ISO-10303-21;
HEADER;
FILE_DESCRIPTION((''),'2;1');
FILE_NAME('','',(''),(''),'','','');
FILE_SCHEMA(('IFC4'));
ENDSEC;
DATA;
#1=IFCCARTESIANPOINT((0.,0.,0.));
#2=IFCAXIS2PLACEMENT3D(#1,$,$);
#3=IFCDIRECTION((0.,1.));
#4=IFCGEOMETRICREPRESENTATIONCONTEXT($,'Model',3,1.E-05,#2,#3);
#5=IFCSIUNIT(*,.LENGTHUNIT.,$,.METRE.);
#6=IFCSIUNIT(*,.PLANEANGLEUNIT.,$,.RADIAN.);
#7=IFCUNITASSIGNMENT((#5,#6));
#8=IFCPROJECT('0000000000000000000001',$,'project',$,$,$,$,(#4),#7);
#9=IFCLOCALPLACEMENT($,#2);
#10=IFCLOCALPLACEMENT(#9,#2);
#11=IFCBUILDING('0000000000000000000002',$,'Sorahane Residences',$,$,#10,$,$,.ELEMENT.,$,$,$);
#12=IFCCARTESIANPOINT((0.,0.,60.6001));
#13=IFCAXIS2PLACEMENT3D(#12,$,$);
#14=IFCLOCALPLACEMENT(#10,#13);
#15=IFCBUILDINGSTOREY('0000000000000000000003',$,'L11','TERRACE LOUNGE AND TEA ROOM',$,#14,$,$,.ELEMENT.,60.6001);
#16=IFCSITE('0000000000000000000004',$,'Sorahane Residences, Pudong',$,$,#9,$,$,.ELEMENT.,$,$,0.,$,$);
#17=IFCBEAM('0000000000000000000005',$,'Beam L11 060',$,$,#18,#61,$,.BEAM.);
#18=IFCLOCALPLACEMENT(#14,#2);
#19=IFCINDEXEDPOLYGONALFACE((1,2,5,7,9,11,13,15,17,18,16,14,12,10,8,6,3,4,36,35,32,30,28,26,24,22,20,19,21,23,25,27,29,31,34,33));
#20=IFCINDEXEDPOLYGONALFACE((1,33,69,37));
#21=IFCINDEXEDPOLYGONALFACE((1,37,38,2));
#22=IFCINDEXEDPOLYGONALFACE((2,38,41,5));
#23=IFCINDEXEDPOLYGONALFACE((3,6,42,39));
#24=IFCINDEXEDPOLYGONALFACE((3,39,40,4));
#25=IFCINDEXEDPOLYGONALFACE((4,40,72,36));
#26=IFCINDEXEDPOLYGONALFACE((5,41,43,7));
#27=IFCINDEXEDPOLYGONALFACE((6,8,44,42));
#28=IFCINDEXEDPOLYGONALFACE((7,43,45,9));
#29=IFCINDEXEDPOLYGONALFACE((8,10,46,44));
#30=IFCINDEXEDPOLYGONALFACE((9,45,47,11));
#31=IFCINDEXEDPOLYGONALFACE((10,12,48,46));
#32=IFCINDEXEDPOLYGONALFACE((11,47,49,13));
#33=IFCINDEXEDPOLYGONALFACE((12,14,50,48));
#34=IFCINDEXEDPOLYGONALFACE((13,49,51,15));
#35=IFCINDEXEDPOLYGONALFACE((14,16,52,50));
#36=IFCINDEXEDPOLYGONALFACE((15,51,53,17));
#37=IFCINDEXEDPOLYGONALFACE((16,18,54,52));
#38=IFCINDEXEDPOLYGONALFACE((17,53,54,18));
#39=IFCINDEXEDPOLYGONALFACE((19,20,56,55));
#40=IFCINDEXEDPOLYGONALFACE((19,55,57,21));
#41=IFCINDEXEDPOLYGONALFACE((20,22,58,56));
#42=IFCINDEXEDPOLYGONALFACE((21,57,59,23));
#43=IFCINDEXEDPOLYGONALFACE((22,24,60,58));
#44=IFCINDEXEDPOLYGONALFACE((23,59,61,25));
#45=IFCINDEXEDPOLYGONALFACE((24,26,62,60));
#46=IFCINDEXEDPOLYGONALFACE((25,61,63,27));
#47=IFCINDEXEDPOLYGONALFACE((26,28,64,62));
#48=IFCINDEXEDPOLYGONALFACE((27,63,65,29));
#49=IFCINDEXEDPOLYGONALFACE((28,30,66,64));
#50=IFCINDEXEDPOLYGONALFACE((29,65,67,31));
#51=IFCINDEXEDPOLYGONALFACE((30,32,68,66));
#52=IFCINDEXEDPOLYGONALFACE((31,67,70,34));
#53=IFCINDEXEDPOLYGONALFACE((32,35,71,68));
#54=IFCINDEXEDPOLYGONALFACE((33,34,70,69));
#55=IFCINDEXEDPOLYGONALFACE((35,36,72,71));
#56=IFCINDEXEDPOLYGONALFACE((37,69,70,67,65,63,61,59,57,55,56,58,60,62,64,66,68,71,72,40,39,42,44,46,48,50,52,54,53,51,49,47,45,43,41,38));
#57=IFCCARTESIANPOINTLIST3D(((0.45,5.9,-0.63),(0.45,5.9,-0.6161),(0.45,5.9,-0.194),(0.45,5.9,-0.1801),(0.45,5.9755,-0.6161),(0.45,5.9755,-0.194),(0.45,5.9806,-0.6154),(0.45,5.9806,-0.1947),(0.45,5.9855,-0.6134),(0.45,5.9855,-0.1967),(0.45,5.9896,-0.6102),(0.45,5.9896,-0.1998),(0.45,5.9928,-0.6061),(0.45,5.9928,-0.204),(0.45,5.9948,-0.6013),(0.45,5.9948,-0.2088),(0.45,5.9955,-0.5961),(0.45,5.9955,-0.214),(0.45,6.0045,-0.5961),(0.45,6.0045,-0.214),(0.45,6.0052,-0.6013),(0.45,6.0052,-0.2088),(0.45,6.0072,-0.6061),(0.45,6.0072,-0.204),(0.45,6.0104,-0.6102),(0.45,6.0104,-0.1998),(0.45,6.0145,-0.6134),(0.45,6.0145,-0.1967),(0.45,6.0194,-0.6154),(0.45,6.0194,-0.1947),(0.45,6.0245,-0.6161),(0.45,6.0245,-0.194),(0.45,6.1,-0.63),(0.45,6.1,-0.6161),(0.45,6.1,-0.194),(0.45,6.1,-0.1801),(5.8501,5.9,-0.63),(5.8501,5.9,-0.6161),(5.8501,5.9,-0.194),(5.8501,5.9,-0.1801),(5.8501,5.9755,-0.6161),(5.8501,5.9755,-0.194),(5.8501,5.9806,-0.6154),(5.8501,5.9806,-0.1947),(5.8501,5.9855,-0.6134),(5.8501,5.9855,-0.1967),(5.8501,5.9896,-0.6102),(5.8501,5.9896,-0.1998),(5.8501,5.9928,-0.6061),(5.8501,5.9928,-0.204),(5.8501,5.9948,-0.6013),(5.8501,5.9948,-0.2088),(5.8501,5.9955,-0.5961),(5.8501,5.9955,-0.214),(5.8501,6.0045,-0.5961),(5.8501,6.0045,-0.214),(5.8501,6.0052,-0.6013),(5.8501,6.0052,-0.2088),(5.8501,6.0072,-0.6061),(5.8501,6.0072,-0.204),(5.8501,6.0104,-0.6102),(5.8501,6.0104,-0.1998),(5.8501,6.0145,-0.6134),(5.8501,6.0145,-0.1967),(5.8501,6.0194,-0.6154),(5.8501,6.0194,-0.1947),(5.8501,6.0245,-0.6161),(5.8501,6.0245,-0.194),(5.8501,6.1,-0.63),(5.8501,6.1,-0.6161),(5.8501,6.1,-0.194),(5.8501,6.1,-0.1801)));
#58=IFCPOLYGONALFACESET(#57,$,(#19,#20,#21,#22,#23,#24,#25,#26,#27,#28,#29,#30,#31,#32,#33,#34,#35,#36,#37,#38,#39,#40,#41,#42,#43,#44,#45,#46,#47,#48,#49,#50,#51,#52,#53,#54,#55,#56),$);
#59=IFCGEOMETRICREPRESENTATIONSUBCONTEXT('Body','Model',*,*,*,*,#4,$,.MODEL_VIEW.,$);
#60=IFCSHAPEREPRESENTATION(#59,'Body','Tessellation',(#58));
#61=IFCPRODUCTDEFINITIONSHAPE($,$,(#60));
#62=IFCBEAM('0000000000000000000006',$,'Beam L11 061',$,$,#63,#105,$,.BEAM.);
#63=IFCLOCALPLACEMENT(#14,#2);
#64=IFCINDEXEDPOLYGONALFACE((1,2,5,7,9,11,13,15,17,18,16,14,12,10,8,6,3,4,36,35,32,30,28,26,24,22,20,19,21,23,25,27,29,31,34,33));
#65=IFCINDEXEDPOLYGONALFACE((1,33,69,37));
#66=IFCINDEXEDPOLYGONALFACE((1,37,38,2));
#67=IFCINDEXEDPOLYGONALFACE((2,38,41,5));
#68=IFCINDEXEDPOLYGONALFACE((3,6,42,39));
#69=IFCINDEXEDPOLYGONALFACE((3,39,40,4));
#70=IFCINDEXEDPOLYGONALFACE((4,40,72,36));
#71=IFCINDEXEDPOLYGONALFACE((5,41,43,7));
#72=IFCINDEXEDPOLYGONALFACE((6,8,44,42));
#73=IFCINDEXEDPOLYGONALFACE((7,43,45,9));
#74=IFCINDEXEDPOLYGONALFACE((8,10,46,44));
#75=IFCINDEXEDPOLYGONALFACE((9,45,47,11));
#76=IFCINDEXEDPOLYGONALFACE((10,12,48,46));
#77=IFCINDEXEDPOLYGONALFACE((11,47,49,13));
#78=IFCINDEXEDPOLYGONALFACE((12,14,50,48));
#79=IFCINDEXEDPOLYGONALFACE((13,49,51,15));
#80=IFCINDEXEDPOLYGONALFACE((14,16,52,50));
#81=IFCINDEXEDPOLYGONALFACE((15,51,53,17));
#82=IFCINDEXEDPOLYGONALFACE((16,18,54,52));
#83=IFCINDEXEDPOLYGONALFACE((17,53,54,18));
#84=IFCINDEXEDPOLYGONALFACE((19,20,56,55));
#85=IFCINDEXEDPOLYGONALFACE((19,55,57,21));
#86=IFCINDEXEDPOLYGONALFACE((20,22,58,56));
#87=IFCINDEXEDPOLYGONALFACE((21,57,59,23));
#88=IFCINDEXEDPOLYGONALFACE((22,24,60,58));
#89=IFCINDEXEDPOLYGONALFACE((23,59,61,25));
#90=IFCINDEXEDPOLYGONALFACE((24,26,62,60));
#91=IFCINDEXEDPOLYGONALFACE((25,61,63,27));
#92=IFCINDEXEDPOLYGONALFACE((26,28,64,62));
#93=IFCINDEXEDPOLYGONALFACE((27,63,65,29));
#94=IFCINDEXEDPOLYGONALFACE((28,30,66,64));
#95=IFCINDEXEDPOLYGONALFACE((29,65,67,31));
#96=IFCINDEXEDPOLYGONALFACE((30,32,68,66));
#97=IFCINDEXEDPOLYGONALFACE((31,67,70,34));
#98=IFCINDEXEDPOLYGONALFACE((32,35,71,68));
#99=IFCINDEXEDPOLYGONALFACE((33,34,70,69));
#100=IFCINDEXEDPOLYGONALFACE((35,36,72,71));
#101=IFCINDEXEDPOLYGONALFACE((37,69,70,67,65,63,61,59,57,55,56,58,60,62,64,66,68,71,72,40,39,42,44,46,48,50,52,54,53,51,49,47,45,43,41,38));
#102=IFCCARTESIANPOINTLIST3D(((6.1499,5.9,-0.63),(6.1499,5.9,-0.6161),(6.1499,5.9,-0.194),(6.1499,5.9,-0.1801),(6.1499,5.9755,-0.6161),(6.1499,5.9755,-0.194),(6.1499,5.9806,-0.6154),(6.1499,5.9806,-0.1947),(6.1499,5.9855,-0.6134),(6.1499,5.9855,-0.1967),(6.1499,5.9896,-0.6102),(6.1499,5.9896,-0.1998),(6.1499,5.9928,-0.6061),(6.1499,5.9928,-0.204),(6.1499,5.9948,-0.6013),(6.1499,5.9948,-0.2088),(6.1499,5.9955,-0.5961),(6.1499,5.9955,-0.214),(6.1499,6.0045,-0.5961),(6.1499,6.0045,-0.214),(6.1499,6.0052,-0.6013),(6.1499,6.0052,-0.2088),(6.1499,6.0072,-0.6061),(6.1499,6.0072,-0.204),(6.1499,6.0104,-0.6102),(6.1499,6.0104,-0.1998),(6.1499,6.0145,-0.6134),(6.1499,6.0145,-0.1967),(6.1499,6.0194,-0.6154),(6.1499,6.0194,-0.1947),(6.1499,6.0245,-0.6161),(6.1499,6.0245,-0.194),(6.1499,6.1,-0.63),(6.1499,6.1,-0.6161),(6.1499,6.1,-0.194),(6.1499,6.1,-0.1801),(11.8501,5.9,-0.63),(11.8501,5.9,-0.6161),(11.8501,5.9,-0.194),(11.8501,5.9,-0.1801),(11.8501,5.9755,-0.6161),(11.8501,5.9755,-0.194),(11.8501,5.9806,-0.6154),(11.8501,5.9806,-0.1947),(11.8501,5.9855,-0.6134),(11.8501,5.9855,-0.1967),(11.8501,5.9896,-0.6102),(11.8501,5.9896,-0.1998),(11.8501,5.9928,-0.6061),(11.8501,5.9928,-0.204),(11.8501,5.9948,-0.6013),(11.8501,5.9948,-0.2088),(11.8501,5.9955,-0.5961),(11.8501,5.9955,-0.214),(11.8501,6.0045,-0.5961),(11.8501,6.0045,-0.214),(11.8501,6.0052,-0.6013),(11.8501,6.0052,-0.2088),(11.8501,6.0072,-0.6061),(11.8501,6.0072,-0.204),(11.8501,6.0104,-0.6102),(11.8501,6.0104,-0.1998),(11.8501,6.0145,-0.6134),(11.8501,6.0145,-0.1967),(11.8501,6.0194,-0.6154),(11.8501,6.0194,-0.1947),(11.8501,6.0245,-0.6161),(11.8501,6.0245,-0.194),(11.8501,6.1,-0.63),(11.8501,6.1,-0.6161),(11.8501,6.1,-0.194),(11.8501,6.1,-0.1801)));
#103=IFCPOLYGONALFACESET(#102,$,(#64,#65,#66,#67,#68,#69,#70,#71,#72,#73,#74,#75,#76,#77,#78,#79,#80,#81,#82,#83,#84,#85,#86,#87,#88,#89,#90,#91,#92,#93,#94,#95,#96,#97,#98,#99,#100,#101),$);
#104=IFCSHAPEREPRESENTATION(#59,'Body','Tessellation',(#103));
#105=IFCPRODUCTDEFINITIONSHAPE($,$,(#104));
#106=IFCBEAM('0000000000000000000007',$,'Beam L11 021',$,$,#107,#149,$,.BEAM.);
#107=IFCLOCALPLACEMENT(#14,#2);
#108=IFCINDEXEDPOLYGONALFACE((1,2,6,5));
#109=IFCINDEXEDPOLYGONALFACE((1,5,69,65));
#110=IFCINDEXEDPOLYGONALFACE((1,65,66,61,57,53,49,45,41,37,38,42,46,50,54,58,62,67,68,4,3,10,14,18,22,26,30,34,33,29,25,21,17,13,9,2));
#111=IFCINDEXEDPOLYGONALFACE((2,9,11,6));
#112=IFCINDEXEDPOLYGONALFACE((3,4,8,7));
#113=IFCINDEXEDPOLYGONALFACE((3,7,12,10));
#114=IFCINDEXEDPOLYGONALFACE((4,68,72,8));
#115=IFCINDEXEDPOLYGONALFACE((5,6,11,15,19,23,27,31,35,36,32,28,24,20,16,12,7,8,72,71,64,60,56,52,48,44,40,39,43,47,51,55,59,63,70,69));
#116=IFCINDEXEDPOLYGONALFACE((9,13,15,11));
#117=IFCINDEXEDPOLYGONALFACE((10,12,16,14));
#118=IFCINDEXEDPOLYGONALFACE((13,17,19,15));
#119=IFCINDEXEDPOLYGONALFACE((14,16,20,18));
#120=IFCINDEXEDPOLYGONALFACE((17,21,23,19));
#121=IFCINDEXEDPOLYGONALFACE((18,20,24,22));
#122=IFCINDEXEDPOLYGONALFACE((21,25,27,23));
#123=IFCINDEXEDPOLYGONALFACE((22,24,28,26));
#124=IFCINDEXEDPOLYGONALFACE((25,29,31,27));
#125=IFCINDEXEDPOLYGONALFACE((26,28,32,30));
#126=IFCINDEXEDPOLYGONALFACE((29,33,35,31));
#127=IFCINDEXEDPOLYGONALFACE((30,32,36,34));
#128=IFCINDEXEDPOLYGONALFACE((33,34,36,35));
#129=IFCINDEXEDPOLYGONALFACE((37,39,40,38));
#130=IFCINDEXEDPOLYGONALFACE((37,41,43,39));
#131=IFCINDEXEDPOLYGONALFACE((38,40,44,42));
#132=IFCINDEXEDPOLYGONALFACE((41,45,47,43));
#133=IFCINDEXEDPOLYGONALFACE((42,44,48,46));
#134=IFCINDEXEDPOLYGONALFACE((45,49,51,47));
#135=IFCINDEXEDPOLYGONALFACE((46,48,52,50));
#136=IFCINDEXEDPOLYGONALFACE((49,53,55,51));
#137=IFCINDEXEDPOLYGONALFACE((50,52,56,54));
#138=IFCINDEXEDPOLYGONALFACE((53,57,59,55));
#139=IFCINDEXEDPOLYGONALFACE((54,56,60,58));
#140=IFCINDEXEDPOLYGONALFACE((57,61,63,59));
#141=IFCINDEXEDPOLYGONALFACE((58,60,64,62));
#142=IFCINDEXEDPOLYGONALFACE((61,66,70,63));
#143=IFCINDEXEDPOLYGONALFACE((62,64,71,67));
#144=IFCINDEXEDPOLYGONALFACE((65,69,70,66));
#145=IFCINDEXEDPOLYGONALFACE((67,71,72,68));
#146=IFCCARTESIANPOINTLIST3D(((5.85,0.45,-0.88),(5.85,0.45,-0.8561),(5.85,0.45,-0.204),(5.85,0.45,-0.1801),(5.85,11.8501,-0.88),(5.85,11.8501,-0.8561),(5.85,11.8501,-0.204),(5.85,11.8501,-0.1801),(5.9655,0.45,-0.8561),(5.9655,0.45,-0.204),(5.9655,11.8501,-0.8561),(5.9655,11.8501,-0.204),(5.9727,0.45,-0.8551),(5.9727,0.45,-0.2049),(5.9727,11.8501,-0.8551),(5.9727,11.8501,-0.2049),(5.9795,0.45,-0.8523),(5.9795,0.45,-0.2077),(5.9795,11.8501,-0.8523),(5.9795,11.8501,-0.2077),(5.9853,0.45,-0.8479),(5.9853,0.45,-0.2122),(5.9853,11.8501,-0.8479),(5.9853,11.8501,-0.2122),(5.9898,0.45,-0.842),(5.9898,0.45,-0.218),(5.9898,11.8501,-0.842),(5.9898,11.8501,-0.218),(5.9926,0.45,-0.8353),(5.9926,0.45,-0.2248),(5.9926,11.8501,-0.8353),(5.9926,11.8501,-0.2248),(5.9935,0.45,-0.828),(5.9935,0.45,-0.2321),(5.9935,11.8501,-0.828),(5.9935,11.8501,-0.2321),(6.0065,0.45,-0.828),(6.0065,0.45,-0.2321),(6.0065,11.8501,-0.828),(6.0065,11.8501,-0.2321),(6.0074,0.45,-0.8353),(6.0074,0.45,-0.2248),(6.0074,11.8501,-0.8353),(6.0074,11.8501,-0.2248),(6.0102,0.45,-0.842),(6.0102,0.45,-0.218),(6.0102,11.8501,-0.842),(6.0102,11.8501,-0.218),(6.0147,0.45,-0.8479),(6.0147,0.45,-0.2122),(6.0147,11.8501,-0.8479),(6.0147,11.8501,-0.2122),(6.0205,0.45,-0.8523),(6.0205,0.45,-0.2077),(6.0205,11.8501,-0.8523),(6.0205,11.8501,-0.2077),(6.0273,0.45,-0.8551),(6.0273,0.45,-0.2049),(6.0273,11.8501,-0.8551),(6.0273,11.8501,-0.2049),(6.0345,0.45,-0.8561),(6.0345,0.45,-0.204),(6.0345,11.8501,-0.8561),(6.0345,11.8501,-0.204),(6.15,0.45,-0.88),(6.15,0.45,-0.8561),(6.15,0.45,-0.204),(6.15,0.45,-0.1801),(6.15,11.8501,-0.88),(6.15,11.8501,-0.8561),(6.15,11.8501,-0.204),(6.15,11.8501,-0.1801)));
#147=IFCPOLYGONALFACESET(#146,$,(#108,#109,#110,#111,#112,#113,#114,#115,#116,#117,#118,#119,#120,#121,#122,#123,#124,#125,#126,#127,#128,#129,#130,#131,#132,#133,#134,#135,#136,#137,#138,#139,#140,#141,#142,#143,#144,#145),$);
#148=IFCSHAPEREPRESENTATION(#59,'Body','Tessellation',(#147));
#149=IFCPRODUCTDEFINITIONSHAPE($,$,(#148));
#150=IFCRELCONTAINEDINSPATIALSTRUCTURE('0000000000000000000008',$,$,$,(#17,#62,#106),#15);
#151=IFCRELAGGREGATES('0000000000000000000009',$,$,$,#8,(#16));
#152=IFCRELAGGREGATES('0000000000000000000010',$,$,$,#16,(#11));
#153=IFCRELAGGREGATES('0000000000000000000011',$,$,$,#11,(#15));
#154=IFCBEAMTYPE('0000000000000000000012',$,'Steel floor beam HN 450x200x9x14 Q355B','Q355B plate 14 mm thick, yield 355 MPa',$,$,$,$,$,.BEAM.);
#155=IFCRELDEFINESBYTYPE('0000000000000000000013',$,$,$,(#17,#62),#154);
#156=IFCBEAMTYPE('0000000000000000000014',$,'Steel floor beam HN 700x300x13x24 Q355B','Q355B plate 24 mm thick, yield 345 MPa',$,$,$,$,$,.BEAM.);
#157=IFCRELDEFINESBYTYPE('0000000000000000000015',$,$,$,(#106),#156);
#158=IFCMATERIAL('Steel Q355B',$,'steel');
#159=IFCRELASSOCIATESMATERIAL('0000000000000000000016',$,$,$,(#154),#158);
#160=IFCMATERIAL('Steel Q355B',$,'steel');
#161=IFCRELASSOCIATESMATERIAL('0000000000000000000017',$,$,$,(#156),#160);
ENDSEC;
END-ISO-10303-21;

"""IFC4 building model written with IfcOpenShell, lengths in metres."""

from ifc_helpers import new_model, si_unit, direction, frame, origin, origin_2d, place, context, subcontext, project, spatial, i_section, extrude, material, material_profile, profile_set, type_object, element, save


model = new_model("IFC4")

# Units and contexts
model_context = context("Model", 3, precision=1e-05, world=origin(), true_north=direction((0.0, 1.0)))
body_context = subcontext(model_context, "Body", "Model", "MODEL_VIEW")
ifc_project = project(units=[si_unit("LENGTHUNIT", "METRE"), si_unit("PLANEANGLEUNIT", "RADIAN")], contexts=[model_context])

# Site, building, storey
site_placement = place(None, origin())
site = spatial("IfcSite", under=ifc_project, at=site_placement, Name="Sorahane Residences, Pudong", CompositionType="ELEMENT", RefElevation=0.0)
building_placement = place(site_placement, origin())
building = spatial("IfcBuilding", under=site, at=building_placement, Name="Sorahane Residences", CompositionType="ELEMENT")
storey_placement = place(building_placement, frame((0.0, 0.0, 60.6001)))
storey = spatial("IfcBuildingStorey", under=building, at=storey_placement, Name="L11", Description="TERRACE LOUNGE AND TEA ROOM", CompositionType="ELEMENT", Elevation=60.6001)

# Beams
ifc_material_1 = material(Name="Steel Q355B", Category="steel")
ifc_material_profile_1 = material_profile(ifc_material_1, i_section(OverallWidth=0.2, OverallDepth=0.45, WebThickness=0.009, FlangeThickness=0.0139, FilletRadius=0.02, at=origin_2d()), Name="HN 450x200x9x14")
ifc_profile_set_1 = profile_set([ifc_material_profile_1], Name="Steel Q355B")
beam_type_1 = type_object("IfcBeamType", Name="Steel floor beam HN 450x200x9x14 Q355B", Description="Q355B plate 14 mm thick, yield 355 MPa", PredefinedType="BEAM", material=ifc_profile_set_1)
beam_1_placement = place(storey_placement, frame((0.45, 6.0, -0.405), z_axis=(1.0, 0.0, 0.0), x_axis=(0.0, 1.0, 0.0)))
element("IfcBeam", 1, at=beam_1_placement, inside=storey, type_object=beam_type_1, Name="Beam L11 060", PredefinedType="BEAM", context=body_context, shape_type="SweptSolid", body=[
    extrude(i_section(OverallWidth=0.2, OverallDepth=0.45, WebThickness=0.009, FlangeThickness=0.0139, FilletRadius=0.02, at=origin_2d()), origin(), (0.0, 0.0, 1.0), 5.4001),
])
beam_2_placement = place(storey_placement, frame((6.1499, 6.0, -0.405), z_axis=(1.0, 0.0, 0.0), x_axis=(0.0, 1.0, 0.0)))
element("IfcBeam", 2, at=beam_2_placement, inside=storey, type_object=beam_type_1, Name="Beam L11 061", PredefinedType="BEAM", context=body_context, shape_type="SweptSolid", body=[
    extrude(i_section(OverallWidth=0.2, OverallDepth=0.45, WebThickness=0.009, FlangeThickness=0.0139, FilletRadius=0.02, at=origin_2d()), origin(), (0.0, 0.0, 1.0), 5.7002),
])
ifc_material_2 = material(Name="Steel Q355B", Category="steel")
ifc_material_profile_2 = material_profile(ifc_material_2, i_section(OverallWidth=0.3, OverallDepth=0.7, WebThickness=0.0129, FlangeThickness=0.0239, FilletRadius=0.0281, at=origin_2d()), Name="HN 700x300x13x24")
ifc_profile_set_2 = profile_set([ifc_material_profile_2], Name="Steel Q355B")
beam_type_2 = type_object("IfcBeamType", Name="Steel floor beam HN 700x300x13x24 Q355B", Description="Q355B plate 24 mm thick, yield 345 MPa", PredefinedType="BEAM", material=ifc_profile_set_2)
beam_3_placement = place(storey_placement, frame((6.0, 0.45, -0.53), z_axis=(0.0, 1.0, 0.0), x_axis=(-1.0, 0.0, 0.0)))
element("IfcBeam", 3, at=beam_3_placement, inside=storey, type_object=beam_type_2, Name="Beam L11 021", PredefinedType="BEAM", context=body_context, shape_type="SweptSolid", body=[
    extrude(i_section(OverallWidth=0.3, OverallDepth=0.7, WebThickness=0.0129, FlangeThickness=0.0239, FilletRadius=0.0281, at=origin_2d()), origin(), (0.0, 0.0, 1.0), 11.4001),
])

save(model, "model.ifc")
